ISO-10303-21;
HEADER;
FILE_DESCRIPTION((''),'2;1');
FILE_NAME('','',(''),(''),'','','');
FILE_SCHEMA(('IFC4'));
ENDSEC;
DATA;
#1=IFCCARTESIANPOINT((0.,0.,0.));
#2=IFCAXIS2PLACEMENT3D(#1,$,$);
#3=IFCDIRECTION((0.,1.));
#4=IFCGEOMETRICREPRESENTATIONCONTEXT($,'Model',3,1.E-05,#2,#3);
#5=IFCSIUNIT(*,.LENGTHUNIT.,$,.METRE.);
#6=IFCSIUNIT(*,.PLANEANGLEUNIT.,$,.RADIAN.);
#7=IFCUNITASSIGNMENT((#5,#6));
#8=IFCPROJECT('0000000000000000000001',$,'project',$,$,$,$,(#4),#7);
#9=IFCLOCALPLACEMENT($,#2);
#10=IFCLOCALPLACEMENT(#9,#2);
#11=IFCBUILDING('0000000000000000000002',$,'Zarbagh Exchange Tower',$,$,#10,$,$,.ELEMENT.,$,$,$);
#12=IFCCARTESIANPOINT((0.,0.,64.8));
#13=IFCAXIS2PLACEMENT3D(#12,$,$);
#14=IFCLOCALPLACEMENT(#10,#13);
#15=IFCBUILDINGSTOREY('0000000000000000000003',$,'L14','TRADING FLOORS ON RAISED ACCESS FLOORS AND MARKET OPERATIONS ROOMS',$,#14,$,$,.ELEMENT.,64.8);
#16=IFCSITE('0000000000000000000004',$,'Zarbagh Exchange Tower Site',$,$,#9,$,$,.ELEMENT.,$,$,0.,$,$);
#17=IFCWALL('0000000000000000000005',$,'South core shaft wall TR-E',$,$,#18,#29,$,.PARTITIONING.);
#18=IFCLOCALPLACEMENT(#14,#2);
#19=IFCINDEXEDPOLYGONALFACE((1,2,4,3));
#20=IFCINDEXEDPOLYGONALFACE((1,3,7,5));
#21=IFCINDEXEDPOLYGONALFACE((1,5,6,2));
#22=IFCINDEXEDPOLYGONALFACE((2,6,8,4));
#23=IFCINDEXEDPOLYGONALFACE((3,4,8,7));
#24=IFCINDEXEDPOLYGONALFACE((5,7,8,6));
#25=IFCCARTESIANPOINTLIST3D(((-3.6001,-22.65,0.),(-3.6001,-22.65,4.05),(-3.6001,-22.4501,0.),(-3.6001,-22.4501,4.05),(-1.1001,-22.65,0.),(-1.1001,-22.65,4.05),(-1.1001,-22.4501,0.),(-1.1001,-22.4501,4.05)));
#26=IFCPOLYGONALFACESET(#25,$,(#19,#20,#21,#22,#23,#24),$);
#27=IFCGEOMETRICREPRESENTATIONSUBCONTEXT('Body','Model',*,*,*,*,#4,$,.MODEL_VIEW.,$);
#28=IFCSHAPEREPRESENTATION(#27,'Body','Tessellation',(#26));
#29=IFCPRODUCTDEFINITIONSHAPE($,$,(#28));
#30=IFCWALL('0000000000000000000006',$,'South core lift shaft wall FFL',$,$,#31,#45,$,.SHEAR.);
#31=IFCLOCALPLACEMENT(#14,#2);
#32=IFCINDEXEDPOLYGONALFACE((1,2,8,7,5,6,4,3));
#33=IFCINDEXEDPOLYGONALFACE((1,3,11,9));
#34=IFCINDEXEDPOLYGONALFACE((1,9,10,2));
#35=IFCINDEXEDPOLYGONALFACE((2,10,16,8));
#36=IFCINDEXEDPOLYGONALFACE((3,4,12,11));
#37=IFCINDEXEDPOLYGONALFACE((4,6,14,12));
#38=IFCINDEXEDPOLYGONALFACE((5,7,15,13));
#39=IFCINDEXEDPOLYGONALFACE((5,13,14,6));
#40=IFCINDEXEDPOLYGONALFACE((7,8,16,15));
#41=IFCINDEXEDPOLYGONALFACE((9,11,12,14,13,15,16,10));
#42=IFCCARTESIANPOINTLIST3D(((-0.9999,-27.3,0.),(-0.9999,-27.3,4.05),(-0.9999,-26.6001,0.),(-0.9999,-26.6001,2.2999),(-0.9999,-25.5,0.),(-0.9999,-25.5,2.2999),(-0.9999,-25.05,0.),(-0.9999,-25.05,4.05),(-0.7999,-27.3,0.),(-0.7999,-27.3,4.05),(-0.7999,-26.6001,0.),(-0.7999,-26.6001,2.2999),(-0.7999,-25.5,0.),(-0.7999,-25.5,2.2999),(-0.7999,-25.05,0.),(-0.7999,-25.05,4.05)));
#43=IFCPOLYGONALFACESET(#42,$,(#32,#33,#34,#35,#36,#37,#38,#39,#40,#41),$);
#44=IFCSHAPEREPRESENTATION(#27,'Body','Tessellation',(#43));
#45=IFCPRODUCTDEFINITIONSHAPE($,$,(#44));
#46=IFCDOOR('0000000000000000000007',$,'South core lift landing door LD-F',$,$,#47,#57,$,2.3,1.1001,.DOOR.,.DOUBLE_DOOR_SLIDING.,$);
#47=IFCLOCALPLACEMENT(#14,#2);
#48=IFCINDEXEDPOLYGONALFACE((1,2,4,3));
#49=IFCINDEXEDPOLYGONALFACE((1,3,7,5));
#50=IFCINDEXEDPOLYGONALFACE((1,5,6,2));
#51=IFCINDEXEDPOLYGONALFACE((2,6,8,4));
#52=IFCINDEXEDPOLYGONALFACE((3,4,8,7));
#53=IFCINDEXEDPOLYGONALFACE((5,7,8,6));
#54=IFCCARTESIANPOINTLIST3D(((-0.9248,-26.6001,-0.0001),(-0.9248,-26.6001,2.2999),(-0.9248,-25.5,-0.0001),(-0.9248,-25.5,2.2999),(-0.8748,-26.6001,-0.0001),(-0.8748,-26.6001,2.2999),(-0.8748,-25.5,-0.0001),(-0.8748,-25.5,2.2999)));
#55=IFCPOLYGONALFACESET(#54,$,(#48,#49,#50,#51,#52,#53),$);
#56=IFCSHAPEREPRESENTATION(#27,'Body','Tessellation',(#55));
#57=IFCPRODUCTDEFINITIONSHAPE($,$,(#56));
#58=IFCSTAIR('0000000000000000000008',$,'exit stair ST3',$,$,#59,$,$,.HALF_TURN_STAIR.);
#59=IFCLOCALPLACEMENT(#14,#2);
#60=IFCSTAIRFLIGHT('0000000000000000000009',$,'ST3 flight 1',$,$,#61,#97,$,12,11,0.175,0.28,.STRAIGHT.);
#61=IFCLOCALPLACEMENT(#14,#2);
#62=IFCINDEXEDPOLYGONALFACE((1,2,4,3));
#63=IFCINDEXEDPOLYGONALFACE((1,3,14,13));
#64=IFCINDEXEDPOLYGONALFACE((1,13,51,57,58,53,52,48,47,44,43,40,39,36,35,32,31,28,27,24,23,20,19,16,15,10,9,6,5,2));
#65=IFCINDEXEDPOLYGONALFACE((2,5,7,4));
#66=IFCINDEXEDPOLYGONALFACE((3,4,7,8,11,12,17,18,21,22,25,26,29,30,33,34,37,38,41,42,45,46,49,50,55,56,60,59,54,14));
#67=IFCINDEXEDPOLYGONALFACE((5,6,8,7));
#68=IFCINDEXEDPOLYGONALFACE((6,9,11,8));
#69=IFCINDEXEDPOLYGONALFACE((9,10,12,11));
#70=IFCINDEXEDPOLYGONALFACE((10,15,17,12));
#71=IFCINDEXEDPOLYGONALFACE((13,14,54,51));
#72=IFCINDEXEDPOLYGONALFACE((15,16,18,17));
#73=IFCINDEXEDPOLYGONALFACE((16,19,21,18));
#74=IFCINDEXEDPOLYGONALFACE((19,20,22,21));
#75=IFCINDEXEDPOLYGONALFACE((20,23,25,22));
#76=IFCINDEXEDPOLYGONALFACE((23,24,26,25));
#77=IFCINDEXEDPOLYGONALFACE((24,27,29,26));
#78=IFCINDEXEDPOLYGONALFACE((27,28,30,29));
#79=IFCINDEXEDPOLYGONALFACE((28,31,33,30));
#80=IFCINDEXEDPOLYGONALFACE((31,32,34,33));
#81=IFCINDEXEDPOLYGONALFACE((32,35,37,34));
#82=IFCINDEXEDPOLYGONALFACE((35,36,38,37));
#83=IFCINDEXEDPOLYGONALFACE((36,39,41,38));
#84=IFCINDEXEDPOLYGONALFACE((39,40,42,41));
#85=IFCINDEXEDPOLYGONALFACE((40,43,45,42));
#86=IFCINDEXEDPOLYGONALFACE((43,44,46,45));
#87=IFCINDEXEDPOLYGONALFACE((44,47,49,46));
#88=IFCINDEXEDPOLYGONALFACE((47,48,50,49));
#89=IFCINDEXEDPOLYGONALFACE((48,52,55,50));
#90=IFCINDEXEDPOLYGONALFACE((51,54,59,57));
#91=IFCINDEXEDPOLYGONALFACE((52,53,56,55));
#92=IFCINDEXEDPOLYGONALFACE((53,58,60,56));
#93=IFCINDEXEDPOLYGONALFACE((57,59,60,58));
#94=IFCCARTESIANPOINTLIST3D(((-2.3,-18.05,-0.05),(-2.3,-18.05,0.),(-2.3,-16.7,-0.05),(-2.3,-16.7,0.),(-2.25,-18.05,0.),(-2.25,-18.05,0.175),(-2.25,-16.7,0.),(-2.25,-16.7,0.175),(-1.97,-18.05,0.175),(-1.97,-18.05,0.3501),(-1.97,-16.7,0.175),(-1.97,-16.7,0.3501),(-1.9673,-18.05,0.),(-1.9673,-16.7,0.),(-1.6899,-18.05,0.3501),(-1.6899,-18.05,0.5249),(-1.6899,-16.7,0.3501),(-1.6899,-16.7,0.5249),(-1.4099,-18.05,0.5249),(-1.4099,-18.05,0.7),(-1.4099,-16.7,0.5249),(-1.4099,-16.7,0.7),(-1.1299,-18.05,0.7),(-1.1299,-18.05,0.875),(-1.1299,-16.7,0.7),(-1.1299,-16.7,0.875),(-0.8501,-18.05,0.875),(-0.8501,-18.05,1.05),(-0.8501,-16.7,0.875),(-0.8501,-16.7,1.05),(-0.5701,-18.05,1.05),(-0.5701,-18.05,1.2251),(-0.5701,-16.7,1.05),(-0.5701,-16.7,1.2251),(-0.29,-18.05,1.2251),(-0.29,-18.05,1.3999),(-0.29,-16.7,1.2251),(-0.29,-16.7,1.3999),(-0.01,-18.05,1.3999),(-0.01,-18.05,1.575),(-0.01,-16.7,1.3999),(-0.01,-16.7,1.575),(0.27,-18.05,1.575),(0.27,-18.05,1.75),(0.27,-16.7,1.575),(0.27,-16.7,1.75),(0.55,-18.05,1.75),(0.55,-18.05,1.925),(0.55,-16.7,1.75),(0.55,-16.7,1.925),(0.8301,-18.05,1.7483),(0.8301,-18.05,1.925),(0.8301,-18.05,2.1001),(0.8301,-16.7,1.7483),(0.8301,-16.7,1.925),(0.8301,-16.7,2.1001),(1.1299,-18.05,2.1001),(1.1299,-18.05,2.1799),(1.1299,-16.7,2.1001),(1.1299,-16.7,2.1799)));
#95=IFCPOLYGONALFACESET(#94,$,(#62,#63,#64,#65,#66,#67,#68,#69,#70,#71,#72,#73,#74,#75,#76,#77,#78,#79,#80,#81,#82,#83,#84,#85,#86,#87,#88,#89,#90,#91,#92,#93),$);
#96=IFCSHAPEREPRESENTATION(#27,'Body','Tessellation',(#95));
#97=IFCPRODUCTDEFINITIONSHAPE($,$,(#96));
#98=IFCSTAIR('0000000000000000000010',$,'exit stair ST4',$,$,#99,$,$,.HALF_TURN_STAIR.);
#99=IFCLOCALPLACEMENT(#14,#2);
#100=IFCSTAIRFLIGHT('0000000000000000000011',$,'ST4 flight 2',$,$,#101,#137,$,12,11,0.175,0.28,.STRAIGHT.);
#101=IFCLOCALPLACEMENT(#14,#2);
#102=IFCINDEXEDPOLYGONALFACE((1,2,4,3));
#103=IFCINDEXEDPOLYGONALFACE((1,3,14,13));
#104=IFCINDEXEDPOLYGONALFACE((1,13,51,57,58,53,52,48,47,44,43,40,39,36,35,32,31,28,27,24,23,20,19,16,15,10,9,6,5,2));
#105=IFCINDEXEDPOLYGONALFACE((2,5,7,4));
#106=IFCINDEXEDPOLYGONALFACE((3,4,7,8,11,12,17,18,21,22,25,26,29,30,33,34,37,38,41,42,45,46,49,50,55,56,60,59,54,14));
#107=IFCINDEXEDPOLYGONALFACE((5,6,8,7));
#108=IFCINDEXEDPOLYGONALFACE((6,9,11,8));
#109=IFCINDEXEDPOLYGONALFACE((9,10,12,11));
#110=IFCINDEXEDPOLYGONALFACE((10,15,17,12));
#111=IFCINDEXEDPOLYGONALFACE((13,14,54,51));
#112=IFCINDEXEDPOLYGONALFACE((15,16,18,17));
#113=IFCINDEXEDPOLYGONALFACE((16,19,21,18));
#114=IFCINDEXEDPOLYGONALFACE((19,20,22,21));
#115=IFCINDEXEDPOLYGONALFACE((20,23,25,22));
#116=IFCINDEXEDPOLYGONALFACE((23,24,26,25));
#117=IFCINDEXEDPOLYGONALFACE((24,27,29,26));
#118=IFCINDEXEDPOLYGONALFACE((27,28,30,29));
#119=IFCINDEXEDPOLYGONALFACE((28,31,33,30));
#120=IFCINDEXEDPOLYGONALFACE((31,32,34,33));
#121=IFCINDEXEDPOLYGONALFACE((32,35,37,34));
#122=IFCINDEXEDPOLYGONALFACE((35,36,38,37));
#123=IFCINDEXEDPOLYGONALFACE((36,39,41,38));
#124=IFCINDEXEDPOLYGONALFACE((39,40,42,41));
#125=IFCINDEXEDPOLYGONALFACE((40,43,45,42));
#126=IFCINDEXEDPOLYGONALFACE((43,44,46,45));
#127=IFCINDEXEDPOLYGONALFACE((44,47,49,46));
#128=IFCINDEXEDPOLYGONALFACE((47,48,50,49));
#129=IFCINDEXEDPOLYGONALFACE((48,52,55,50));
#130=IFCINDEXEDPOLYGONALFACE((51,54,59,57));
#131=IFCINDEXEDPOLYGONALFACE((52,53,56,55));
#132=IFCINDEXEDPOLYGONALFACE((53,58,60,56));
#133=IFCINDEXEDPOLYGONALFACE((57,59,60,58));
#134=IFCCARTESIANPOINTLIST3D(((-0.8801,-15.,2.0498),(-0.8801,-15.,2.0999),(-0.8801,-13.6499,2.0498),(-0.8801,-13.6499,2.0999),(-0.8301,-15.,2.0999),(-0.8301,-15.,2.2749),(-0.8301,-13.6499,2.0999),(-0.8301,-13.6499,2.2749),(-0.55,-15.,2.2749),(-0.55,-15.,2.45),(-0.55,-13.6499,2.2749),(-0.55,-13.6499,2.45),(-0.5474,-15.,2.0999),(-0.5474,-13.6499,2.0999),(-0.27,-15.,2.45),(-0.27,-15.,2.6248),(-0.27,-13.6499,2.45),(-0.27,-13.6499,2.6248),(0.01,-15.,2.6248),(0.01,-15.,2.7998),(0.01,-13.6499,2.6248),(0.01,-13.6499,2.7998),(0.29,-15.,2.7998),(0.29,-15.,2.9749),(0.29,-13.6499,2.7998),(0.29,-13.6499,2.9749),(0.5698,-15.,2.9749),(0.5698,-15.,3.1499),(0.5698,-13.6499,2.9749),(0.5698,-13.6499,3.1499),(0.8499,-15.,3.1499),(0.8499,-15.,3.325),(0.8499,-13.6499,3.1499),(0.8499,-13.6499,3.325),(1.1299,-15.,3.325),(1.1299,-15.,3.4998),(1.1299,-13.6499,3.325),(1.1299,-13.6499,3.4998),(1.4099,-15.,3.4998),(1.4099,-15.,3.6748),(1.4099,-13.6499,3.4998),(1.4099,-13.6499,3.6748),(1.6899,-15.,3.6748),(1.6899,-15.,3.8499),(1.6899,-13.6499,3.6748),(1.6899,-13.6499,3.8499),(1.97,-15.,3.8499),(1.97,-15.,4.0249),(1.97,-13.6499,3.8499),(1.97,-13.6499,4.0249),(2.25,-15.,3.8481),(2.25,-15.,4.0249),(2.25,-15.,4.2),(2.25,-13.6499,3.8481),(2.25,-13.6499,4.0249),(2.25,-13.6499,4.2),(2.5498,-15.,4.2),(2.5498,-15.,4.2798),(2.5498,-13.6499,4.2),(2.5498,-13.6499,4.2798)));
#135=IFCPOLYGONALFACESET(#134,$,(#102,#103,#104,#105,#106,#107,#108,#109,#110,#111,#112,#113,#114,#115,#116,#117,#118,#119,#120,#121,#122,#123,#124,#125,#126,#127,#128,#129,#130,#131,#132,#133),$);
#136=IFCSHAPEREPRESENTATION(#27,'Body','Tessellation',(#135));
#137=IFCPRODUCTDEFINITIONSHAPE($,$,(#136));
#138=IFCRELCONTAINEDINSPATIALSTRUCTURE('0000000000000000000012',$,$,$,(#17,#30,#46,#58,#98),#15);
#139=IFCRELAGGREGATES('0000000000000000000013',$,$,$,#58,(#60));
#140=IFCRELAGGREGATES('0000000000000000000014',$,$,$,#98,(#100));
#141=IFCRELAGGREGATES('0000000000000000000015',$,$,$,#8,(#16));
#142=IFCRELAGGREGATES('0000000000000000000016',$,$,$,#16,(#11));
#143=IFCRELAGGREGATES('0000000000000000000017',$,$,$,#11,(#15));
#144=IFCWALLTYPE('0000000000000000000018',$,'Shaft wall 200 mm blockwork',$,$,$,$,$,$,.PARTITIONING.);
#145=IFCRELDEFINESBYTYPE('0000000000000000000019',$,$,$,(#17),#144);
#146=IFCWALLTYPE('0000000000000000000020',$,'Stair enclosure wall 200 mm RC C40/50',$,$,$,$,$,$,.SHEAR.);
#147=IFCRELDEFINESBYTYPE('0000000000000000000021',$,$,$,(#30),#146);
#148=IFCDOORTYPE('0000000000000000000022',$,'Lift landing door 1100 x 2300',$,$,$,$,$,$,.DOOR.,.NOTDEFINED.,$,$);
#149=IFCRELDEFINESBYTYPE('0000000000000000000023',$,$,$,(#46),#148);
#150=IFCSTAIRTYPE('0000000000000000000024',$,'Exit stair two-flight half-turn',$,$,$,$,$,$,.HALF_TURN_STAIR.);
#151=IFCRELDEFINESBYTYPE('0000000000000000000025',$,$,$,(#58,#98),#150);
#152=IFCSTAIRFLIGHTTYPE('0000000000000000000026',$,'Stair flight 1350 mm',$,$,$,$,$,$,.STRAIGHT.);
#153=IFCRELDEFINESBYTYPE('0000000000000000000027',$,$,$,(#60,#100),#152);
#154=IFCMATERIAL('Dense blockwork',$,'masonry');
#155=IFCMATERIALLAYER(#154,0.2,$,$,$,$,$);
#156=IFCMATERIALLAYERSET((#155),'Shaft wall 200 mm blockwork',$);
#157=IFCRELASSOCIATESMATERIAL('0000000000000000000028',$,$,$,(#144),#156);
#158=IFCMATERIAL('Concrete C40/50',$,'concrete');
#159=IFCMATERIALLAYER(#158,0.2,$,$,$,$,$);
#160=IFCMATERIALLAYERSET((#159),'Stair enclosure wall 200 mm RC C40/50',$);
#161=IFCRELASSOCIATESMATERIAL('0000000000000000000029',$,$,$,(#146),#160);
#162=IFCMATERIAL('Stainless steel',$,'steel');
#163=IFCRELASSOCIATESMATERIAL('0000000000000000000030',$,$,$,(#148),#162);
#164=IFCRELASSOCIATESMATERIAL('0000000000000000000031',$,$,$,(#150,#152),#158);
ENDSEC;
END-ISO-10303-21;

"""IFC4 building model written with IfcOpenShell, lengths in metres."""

from ifc_helpers import new_model, si_unit, direction, frame, frame_2d, origin, place, context, subcontext, project, spatial, polyline, rectangle, outline, extrude, material, layer, layer_set, type_object, element, fill, aggregate, save


model = new_model("IFC4")

# Units and contexts
model_context = context("Model", 3, precision=1e-05, world=origin(), true_north=direction((0.0, 1.0)))
body_context = subcontext(model_context, "Body", "Model", "MODEL_VIEW")
ifc_project = project(units=[si_unit("LENGTHUNIT", "METRE"), si_unit("PLANEANGLEUNIT", "RADIAN")], contexts=[model_context])

# Site, building, storey
site_placement = place(None, origin())
site = spatial("IfcSite", under=ifc_project, at=site_placement, Name="Zarbagh Exchange Tower Site", CompositionType="ELEMENT", RefElevation=0.0)
building_placement = place(site_placement, origin())
building = spatial("IfcBuilding", under=site, at=building_placement, Name="Zarbagh Exchange Tower", CompositionType="ELEMENT")
storey_placement = place(building_placement, frame((0.0, 0.0, 64.8)))
storey = spatial("IfcBuildingStorey", under=building, at=storey_placement, Name="L14", Description="TRADING FLOORS ON RAISED ACCESS FLOORS AND MARKET OPERATIONS ROOMS", CompositionType="ELEMENT", Elevation=64.8)

# Shared definitions
ifc_material_1 = material(Name="Concrete C40/50", Category="concrete")

# Wall
ifc_material_2 = material(Name="Dense blockwork", Category="masonry")
ifc_layer_1 = layer(ifc_material_2, 0.2)
ifc_layer_set_1 = layer_set([ifc_layer_1], Name="Shaft wall 200 mm blockwork")
wall_type_1 = type_object("IfcWallType", Name="Shaft wall 200 mm blockwork", PredefinedType="PARTITIONING", material=ifc_layer_set_1)
wall_1_placement = place(storey_placement, frame((-1.1001, -22.55, 0.0), z_axis=(0.0, 0.0, 1.0), x_axis=(-1.0, 0.0, 0.0)))
element("IfcWall", 1, at=wall_1_placement, inside=storey, type_object=wall_type_1, Name="South core shaft wall TR-E", PredefinedType="PARTITIONING", context=body_context, shape_type="SweptSolid", body=[
    extrude(rectangle(XDim=2.5, YDim=0.2, at=frame_2d((1.25, 0.0))), origin(), (0.0, 0.0, 1.0), 4.05),
])

# Wall, opening, door
ifc_layer_2 = layer(ifc_material_1, 0.2)
ifc_layer_set_2 = layer_set([ifc_layer_2], Name="Stair enclosure wall 200 mm RC C40/50")
wall_type_2 = type_object("IfcWallType", Name="Stair enclosure wall 200 mm RC C40/50", PredefinedType="SHEAR", material=ifc_layer_set_2)
wall_2_placement = place(storey_placement, frame((-0.8999, -27.3, 0.0), z_axis=(0.0, 0.0, 1.0), x_axis=(0.0, 1.0, 0.0)))
wall_2 = element("IfcWall", 2, at=wall_2_placement, inside=storey, type_object=wall_type_2, Name="South core lift shaft wall FFL", PredefinedType="SHEAR", context=body_context, shape_type="SweptSolid", body=[
    extrude(rectangle(XDim=2.25, YDim=0.2, at=frame_2d((1.125, 0.0))), origin(), (0.0, 0.0, 1.0), 4.05),
])
opening_1_placement = place(wall_2_placement, frame((0.7, 0.0, 0.0)))
opening_1 = element("IfcOpeningElement", 3, at=opening_1_placement, cuts=wall_2, PredefinedType="OPENING", context=body_context, shape_type="SweptSolid", body=[
    extrude(rectangle(XDim=1.1001, YDim=2.3, at=frame_2d((0.55, 1.1499))), frame((0.0, 0.1099, 0.0), z_axis=(0.0, -1.0, 0.0), x_axis=(1.0, 0.0, 0.0)), (0.0, 0.0, 1.0), 0.22),
])
ifc_material_3 = material(Name="Stainless steel", Category="steel")
door_type_1 = type_object("IfcDoorType", Name="Lift landing door 1100 x 2300", OperationType="NOTDEFINED", PredefinedType="DOOR", material=ifc_material_3)
door_1_placement = place(opening_1_placement, origin())
door_1 = element("IfcDoor", 4, at=door_1_placement, inside=storey, type_object=door_type_1, Name="South core lift landing door LD-F", OperationType="DOUBLE_DOOR_SLIDING", OverallHeight=2.3, OverallWidth=1.1001, PredefinedType="DOOR", context=body_context, shape_type="SweptSolid", body=[
    extrude(rectangle(XDim=1.1001, YDim=2.3, at=frame_2d((0.55, 1.1499))), frame((0.0, 0.0249, 0.0), z_axis=(0.0, -1.0, 0.0), x_axis=(1.0, 0.0, 0.0)), (0.0, 0.0, 1.0), 0.05),
])
fill(opening_1, door_1)

# Stairs, stair flights
stair_type = type_object("IfcStairType", Name="Exit stair two-flight half-turn", PredefinedType="HALF_TURN_STAIR", material=ifc_material_1)
stair_1_placement = place(storey_placement, origin())
stair_1 = element("IfcStair", 5, at=stair_1_placement, inside=storey, type_object=stair_type, Name="exit stair ST3", PredefinedType="HALF_TURN_STAIR")
stair_flight_type = type_object("IfcStairFlightType", Name="Stair flight 1350 mm", PredefinedType="STRAIGHT", material=ifc_material_1)
stair_flight_1_placement = place(storey_placement, frame((-2.25, -17.375, 0.0), z_axis=(0.0, 0.0, 1.0), x_axis=(1.0, 0.0, 0.0)))
stair_flight_1 = element("IfcStairFlight", 6, at=stair_flight_1_placement, type_object=stair_flight_type, Name="ST3 flight 1", NumberOfRisers=12, NumberOfTreads=11, PredefinedType="STRAIGHT", RiserHeight=0.175, TreadLength=0.28, context=body_context, shape_type="SweptSolid", body=[
    extrude(outline(polyline([(-0.05, -0.05), (-0.05, 0.0), (0.0, 0.0), (0.0, 0.175), (0.28, 0.175), (0.28, 0.3501), (0.5601, 0.3501), (0.5601, 0.5249), (0.8401, 0.5249), (0.8401, 0.7), (1.1201, 0.7), (1.1201, 0.875), (1.3999, 0.875), (1.3999, 1.05), (1.6799, 1.05), (1.6799, 1.2251), (1.96, 1.2251), (1.96, 1.3999), (2.24, 1.3999), (2.24, 1.575), (2.52, 1.575), (2.52, 1.75), (2.8, 1.75), (2.8, 1.925), (3.0801, 1.925), (3.0801, 2.1001), (3.3799, 2.1799), (3.3799, 2.1001), (3.0801, 1.7483), (0.2827, 0.0), (-0.05, -0.05)])), frame((0.0, 0.675, 0.0), z_axis=(0.0, -1.0, 0.0), x_axis=(1.0, 0.0, 0.0)), (0.0, 0.0, 1.0), 1.3501),
])
aggregate(stair_1, [stair_flight_1])
stair_2_placement = place(storey_placement, origin())
stair_2 = element("IfcStair", 7, at=stair_2_placement, inside=storey, type_object=stair_type, Name="exit stair ST4", PredefinedType="HALF_TURN_STAIR")
stair_flight_2_placement = place(storey_placement, frame((-0.8301, -14.325, 2.0999), z_axis=(0.0, 0.0, 1.0), x_axis=(1.0, 0.0, 0.0)))
stair_flight_2 = element("IfcStairFlight", 8, at=stair_flight_2_placement, type_object=stair_flight_type, Name="ST4 flight 2", NumberOfRisers=12, NumberOfTreads=11, PredefinedType="STRAIGHT", RiserHeight=0.175, TreadLength=0.28, context=body_context, shape_type="SweptSolid", body=[
    extrude(outline(polyline([(-0.05, -0.05), (-0.05, 0.0), (0.0, 0.0), (0.0, 0.175), (0.28, 0.175), (0.28, 0.3501), (0.5601, 0.3501), (0.5601, 0.5249), (0.8401, 0.5249), (0.8401, 0.7), (1.1201, 0.7), (1.1201, 0.875), (1.3999, 0.875), (1.3999, 1.05), (1.6799, 1.05), (1.6799, 1.2251), (1.96, 1.2251), (1.96, 1.3999), (2.24, 1.3999), (2.24, 1.575), (2.52, 1.575), (2.52, 1.75), (2.8, 1.75), (2.8, 1.925), (3.0801, 1.925), (3.0801, 2.1001), (3.3799, 2.1799), (3.3799, 2.1001), (3.0801, 1.7483), (0.2827, 0.0), (-0.05, -0.05)])), frame((0.0, 0.675, 0.0), z_axis=(0.0, -1.0, 0.0), x_axis=(1.0, 0.0, 0.0)), (0.0, 0.0, 1.0), 1.3501),
])
aggregate(stair_2, [stair_flight_2])

save(model, "model.ifc")
